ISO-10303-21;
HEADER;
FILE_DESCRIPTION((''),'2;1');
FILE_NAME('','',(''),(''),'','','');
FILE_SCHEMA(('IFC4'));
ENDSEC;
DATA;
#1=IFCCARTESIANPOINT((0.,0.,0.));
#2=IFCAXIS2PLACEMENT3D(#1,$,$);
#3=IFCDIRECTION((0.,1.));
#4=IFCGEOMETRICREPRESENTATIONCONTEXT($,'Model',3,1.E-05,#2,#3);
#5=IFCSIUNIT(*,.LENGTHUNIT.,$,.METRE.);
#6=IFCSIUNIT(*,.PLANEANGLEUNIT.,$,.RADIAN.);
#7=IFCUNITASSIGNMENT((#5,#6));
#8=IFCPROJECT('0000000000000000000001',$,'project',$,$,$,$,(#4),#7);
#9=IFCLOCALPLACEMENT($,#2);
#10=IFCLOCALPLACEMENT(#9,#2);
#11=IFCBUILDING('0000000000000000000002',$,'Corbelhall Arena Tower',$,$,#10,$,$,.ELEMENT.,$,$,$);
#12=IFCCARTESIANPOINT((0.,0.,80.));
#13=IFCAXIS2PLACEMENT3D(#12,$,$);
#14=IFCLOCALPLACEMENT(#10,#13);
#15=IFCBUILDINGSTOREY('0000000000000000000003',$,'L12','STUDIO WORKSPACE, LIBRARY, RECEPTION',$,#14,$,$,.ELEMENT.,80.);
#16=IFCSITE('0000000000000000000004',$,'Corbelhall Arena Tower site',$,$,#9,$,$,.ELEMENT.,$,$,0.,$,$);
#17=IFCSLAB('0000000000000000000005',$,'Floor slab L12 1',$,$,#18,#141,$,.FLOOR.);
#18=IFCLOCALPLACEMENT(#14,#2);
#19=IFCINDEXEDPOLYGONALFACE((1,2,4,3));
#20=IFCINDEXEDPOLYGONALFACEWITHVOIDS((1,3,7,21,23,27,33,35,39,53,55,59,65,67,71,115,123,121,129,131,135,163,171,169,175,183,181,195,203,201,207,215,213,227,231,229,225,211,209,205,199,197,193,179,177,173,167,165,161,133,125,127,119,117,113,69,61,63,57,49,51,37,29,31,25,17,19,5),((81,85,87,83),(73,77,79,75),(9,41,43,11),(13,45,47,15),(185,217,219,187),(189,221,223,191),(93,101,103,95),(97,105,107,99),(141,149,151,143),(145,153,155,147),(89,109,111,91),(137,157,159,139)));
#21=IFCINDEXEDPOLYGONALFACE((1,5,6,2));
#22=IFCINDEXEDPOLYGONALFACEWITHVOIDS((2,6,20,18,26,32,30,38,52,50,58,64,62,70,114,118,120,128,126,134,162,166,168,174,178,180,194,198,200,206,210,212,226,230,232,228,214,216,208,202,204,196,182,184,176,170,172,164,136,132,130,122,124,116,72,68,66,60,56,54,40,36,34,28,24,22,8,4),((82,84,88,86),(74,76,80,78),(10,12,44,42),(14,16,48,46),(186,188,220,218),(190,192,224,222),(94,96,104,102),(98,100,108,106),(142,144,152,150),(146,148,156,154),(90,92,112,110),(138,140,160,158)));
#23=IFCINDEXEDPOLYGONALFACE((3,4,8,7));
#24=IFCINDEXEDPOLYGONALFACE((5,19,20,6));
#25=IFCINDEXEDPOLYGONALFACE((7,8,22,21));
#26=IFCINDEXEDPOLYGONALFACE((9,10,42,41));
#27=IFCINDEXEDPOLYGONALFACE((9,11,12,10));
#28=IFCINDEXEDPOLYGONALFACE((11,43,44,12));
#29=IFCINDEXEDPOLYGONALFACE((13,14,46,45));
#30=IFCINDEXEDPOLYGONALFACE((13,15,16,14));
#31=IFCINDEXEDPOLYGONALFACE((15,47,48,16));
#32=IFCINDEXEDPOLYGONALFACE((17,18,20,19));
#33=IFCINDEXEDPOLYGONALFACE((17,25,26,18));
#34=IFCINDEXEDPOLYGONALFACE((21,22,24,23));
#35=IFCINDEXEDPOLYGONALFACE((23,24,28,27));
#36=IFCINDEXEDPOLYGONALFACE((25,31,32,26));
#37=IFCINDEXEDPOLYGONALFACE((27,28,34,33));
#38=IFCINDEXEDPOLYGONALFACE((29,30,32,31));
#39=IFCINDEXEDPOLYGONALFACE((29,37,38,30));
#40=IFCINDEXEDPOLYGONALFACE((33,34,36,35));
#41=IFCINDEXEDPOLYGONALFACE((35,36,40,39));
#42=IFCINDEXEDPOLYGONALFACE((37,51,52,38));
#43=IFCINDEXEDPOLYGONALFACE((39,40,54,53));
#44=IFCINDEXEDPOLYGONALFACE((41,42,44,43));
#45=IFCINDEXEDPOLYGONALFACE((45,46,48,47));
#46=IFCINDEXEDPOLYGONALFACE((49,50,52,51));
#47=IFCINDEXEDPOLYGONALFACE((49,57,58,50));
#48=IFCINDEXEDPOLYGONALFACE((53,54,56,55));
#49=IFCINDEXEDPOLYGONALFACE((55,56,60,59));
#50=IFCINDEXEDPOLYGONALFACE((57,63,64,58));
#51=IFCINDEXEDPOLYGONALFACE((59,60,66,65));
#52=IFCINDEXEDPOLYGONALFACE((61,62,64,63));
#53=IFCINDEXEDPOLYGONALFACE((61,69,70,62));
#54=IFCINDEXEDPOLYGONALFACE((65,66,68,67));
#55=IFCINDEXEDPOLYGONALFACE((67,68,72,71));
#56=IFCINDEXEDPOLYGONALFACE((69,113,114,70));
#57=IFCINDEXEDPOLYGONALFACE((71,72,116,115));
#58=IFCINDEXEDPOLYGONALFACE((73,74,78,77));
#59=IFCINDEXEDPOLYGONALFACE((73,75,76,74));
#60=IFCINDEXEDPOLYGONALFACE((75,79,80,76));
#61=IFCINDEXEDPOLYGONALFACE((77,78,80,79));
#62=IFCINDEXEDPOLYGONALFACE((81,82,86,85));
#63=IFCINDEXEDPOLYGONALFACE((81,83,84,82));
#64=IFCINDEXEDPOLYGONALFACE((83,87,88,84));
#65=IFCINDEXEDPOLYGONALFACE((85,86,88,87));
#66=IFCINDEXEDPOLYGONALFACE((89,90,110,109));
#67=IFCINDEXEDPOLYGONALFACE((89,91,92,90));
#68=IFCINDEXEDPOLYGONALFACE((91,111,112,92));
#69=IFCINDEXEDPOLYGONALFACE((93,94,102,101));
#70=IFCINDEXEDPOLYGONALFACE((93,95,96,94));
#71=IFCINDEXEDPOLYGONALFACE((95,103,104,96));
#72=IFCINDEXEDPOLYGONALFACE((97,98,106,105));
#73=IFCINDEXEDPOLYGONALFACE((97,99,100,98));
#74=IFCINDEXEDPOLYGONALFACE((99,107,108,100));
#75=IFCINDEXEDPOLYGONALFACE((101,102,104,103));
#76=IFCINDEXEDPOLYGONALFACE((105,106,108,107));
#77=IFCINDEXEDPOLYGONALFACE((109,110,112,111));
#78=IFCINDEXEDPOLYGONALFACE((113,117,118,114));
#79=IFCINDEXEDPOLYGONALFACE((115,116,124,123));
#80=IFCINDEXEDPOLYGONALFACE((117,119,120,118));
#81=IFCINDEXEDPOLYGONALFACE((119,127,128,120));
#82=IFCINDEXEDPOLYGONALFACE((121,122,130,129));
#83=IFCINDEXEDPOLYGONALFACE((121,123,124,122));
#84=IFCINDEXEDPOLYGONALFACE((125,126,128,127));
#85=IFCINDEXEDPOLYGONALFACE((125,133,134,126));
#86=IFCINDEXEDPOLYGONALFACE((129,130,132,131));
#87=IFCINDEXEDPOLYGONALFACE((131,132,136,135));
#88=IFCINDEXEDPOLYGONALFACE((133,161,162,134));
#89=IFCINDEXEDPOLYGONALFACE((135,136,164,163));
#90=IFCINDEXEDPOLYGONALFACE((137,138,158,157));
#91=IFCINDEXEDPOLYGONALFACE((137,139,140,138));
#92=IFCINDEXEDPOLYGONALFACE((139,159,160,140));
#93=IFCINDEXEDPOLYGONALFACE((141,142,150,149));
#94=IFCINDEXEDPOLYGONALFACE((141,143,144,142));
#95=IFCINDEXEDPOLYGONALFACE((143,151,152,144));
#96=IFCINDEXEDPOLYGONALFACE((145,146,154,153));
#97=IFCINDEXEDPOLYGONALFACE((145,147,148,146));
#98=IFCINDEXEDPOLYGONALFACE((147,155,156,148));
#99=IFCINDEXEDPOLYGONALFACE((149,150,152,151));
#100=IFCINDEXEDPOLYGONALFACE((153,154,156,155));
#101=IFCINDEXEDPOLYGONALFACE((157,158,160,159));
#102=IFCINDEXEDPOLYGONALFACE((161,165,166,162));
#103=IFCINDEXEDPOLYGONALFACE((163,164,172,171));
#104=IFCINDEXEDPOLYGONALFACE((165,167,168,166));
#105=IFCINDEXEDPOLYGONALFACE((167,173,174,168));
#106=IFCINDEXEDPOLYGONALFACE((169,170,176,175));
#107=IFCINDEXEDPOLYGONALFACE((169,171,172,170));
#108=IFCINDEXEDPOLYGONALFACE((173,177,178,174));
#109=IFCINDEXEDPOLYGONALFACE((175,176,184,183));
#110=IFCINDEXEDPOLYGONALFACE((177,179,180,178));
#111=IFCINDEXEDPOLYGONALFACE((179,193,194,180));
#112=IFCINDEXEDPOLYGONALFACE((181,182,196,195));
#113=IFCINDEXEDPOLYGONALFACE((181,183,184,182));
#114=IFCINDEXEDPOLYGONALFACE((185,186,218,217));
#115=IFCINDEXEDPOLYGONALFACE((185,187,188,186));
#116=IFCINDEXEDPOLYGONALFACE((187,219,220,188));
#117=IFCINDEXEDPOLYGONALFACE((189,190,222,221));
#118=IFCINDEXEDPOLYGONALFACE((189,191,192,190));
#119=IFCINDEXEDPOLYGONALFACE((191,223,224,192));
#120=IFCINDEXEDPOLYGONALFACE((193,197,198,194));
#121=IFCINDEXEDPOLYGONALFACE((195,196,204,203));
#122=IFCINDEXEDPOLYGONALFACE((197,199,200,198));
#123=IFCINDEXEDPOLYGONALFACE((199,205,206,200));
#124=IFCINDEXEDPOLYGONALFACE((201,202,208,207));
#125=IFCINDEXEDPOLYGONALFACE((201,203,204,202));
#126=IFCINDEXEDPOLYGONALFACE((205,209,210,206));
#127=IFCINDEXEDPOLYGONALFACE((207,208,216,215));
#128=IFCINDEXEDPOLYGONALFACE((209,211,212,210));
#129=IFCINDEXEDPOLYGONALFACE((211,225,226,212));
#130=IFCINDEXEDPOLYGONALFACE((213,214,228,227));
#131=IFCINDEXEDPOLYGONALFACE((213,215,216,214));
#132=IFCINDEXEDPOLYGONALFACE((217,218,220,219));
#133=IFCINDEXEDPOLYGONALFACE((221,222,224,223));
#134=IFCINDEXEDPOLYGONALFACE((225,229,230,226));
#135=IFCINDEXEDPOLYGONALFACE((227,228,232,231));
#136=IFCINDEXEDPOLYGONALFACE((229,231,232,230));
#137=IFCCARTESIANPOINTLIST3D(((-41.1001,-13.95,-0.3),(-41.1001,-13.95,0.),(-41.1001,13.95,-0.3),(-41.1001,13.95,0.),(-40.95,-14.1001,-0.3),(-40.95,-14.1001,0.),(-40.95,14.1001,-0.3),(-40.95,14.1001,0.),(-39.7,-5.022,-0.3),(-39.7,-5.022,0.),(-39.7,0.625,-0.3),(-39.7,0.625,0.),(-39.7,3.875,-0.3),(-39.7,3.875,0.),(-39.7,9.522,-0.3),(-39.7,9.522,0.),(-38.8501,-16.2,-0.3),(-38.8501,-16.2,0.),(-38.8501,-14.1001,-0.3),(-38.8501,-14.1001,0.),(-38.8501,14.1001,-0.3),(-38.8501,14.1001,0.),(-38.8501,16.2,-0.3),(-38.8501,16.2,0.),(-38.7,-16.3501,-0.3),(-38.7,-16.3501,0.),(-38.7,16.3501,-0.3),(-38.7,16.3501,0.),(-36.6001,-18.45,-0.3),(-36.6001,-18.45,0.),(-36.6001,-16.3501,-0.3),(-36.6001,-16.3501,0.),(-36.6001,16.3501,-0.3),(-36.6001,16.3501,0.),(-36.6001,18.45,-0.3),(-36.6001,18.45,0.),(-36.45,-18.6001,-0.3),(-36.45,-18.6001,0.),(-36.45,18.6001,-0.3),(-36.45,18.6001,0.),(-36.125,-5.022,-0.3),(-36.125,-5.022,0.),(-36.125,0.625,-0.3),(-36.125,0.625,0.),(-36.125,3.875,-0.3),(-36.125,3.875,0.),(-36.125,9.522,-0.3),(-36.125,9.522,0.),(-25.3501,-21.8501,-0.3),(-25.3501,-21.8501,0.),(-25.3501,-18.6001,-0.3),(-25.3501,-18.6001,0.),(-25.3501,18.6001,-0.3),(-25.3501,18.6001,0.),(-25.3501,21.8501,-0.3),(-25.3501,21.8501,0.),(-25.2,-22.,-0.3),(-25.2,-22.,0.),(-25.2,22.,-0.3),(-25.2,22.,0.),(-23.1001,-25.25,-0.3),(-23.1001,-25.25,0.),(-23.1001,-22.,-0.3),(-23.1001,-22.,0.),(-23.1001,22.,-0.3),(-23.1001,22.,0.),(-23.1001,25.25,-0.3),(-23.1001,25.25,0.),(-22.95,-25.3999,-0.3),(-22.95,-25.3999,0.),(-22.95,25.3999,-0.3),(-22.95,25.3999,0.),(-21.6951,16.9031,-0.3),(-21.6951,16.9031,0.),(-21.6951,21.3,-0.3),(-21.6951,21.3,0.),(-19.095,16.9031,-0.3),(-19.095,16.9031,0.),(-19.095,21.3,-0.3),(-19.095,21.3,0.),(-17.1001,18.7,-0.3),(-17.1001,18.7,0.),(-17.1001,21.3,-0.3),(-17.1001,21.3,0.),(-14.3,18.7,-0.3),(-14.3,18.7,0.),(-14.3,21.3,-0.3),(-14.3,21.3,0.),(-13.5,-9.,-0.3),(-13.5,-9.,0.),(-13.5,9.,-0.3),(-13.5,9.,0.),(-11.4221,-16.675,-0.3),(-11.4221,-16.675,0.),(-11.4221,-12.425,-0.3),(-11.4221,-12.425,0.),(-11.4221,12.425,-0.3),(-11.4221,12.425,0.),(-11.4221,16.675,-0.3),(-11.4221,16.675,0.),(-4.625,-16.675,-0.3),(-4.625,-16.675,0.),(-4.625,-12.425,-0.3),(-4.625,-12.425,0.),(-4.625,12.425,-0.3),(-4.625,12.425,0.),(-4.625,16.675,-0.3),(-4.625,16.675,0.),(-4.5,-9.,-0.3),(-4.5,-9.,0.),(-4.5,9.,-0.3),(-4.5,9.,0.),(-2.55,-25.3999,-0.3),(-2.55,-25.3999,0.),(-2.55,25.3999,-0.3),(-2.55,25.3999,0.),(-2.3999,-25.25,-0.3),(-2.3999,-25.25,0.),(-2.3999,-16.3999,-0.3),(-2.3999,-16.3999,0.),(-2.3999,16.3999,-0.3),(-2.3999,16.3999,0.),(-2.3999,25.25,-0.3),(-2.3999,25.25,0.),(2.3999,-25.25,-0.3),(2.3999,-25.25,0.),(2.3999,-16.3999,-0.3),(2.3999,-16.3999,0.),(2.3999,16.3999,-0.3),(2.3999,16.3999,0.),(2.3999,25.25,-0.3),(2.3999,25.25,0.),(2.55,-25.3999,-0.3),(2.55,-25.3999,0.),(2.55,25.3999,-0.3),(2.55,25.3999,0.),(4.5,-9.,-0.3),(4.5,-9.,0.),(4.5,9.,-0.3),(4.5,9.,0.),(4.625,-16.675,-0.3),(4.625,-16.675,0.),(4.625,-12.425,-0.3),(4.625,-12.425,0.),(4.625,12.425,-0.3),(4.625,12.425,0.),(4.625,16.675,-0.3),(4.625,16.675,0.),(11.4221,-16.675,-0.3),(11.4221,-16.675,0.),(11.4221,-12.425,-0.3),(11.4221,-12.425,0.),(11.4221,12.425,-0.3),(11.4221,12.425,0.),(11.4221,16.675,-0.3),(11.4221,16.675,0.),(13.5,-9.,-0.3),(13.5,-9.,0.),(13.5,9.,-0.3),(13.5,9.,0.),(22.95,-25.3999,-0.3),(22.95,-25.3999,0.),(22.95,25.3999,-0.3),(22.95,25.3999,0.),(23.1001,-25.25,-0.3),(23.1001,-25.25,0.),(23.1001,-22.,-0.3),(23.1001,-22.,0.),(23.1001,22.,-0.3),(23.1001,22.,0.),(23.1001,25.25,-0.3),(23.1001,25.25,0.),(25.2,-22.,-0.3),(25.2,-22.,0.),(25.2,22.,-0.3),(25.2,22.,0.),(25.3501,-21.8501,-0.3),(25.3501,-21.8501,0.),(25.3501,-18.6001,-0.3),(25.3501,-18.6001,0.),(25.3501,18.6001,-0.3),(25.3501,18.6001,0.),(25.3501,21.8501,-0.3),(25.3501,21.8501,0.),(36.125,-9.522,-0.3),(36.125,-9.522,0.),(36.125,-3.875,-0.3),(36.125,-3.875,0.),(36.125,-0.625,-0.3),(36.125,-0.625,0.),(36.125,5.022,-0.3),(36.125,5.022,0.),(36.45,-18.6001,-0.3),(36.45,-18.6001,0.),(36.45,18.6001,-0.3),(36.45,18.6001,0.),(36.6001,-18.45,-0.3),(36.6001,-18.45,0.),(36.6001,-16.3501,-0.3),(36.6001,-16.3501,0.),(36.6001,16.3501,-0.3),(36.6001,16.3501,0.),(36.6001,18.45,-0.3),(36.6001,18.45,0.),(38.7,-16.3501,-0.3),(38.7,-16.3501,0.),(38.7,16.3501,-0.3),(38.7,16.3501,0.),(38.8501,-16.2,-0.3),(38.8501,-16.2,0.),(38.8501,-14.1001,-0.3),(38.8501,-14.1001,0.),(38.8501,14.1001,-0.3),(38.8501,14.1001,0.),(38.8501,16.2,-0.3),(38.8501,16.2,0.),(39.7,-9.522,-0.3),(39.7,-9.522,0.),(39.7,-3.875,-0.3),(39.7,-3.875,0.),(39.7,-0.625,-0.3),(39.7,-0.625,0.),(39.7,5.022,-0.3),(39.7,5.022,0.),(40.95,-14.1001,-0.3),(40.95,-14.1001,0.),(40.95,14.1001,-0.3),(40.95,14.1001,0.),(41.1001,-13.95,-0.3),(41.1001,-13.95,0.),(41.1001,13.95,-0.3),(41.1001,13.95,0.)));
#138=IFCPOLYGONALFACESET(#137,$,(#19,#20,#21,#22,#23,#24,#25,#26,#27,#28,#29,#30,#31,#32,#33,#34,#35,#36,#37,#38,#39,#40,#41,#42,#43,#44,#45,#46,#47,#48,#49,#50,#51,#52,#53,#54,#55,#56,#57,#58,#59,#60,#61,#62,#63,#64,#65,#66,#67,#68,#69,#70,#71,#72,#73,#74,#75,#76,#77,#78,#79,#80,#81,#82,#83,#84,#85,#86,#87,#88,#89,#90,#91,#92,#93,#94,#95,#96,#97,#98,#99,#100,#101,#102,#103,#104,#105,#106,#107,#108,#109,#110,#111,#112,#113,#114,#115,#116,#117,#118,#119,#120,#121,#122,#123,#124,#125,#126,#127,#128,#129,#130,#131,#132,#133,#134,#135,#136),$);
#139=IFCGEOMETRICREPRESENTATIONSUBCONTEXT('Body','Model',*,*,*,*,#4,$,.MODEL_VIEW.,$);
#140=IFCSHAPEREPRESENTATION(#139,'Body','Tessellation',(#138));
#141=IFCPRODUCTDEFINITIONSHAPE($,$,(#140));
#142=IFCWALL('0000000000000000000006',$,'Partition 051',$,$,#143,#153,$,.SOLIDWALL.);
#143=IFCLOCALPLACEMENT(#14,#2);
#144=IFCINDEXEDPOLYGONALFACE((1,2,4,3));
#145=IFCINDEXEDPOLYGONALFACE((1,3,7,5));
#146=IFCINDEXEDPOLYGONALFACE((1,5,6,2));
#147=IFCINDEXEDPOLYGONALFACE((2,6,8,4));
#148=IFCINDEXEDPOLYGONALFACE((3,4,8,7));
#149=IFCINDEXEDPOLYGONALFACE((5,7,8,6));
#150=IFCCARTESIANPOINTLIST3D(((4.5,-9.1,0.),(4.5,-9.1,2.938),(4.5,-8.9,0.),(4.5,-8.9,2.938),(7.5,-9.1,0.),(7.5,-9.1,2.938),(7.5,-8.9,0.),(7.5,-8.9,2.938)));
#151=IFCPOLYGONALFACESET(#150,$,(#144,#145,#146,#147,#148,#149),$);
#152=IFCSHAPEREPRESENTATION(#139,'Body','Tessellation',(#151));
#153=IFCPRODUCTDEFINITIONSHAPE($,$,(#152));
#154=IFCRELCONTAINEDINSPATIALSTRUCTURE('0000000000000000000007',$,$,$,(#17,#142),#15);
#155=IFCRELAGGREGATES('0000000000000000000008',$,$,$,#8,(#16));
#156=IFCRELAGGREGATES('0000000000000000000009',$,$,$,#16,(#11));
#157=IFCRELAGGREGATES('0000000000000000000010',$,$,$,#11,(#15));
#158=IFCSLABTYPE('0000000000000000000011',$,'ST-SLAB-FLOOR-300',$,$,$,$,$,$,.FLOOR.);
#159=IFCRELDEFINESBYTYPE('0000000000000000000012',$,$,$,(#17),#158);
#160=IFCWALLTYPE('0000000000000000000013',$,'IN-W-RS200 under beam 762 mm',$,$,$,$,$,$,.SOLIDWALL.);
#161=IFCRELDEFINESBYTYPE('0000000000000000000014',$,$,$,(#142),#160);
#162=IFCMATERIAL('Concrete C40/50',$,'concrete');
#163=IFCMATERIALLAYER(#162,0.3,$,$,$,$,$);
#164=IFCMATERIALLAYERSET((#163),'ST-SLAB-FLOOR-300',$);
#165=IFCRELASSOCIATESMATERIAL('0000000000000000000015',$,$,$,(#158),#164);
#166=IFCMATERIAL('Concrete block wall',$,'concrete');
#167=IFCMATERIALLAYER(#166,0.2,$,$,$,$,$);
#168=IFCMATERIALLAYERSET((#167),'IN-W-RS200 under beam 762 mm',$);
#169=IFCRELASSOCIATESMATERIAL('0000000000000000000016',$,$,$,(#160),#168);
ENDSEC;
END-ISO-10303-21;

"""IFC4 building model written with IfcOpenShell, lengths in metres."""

from ifc_helpers import new_model, si_unit, direction, frame, frame_2d, origin, place, context, subcontext, project, spatial, polyline, rectangle, outline, extrude, material, layer, layer_set, type_object, element, save


model = new_model("IFC4")

# Units and contexts
model_context = context("Model", 3, precision=1e-05, world=origin(), true_north=direction((0.0, 1.0)))
body_context = subcontext(model_context, "Body", "Model", "MODEL_VIEW")
ifc_project = project(units=[si_unit("LENGTHUNIT", "METRE"), si_unit("PLANEANGLEUNIT", "RADIAN")], contexts=[model_context])

# Site, building, storey
site_placement = place(None, origin())
site = spatial("IfcSite", under=ifc_project, at=site_placement, Name="Corbelhall Arena Tower site", CompositionType="ELEMENT", RefElevation=0.0)
building_placement = place(site_placement, origin())
building = spatial("IfcBuilding", under=site, at=building_placement, Name="Corbelhall Arena Tower", CompositionType="ELEMENT")
storey_placement = place(building_placement, frame((0.0, 0.0, 80.0)))
storey = spatial("IfcBuildingStorey", under=building, at=storey_placement, Name="L12", Description="STUDIO WORKSPACE, LIBRARY, RECEPTION", CompositionType="ELEMENT", Elevation=80.0)

# Shared definitions
ifc_material_1 = material(Name="Concrete C40/50", Category="concrete")

# Slab
ifc_layer_1 = layer(ifc_material_1, 0.3)
ifc_layer_set_1 = layer_set([ifc_layer_1], Name="ST-SLAB-FLOOR-300")
slab_type_1 = type_object("IfcSlabType", Name="ST-SLAB-FLOOR-300", PredefinedType="FLOOR", material=ifc_layer_set_1)
slab_1_placement = place(storey_placement, frame((0.0, 0.0, -0.3)))
element("IfcSlab", 1, at=slab_1_placement, inside=storey, type_object=slab_type_1, Name="Floor slab L12 1", PredefinedType="FLOOR", context=body_context, shape_type="SweptSolid", body=[
    extrude(outline(polyline([(25.3501, 18.6001), (25.3501, 21.8501), (25.2, 22.0), (23.1001, 22.0), (23.1001, 25.25), (22.95, 25.3999), (2.55, 25.3999), (2.3999, 25.25), (2.3999, 16.3999), (-2.3999, 16.3999), (-2.3999, 25.25), (-2.55, 25.3999), (-22.95, 25.3999), (-23.1001, 25.25), (-23.1001, 22.0), (-25.2, 22.0), (-25.3501, 21.8501), (-25.3501, 18.6001), (-36.45, 18.6001), (-36.6001, 18.45), (-36.6001, 16.3501), (-38.7, 16.3501), (-38.8501, 16.2), (-38.8501, 14.1001), (-40.95, 14.1001), (-41.1001, 13.95), (-41.1001, -13.95), (-40.95, -14.1001), (-38.8501, -14.1001), (-38.8501, -16.2), (-38.7, -16.3501), (-36.6001, -16.3501), (-36.6001, -18.45), (-36.45, -18.6001), (-25.3501, -18.6001), (-25.3501, -21.8501), (-25.2, -22.0), (-23.1001, -22.0), (-23.1001, -25.25), (-22.95, -25.3999), (-2.55, -25.3999), (-2.3999, -25.25), (-2.3999, -16.3999), (2.3999, -16.3999), (2.3999, -25.25), (2.55, -25.3999), (22.95, -25.3999), (23.1001, -25.25), (23.1001, -22.0), (25.2, -22.0), (25.3501, -21.8501), (25.3501, -18.6001), (36.45, -18.6001), (36.6001, -18.45), (36.6001, -16.3501), (38.7, -16.3501), (38.8501, -16.2), (38.8501, -14.1001), (40.95, -14.1001), (41.1001, -13.95), (41.1001, 13.95), (40.95, 14.1001), (38.8501, 14.1001), (38.8501, 16.2), (38.7, 16.3501), (36.6001, 16.3501), (36.6001, 18.45), (36.45, 18.6001), (25.3501, 18.6001)]), holes=[polyline([(-13.5, 9.0), (-13.5, -9.0), (-4.5, -9.0), (-4.5, 9.0), (-13.5, 9.0)]), polyline([(4.5, 9.0), (4.5, -9.0), (13.5, -9.0), (13.5, 9.0), (4.5, 9.0)]), polyline([(-4.625, 16.675), (-11.4221, 16.675), (-11.4221, 12.425), (-4.625, 12.425), (-4.625, 16.675)]), polyline([(-4.625, -16.675), (-4.625, -12.425), (-11.4221, -12.425), (-11.4221, -16.675), (-4.625, -16.675)]), polyline([(11.4221, 16.675), (4.625, 16.675), (4.625, 12.425), (11.4221, 12.425), (11.4221, 16.675)]), polyline([(11.4221, -16.675), (11.4221, -12.425), (4.625, -12.425), (4.625, -16.675), (11.4221, -16.675)]), polyline([(-36.125, 3.875), (-36.125, 9.522), (-39.7, 9.522), (-39.7, 3.875), (-36.125, 3.875)]), polyline([(-36.125, 0.625), (-39.7, 0.625), (-39.7, -5.022), (-36.125, -5.022), (-36.125, 0.625)]), polyline([(39.7, -9.522), (39.7, -3.875), (36.125, -3.875), (36.125, -9.522), (39.7, -9.522)]), polyline([(39.7, 5.022), (36.125, 5.022), (36.125, -0.625), (39.7, -0.625), (39.7, 5.022)]), polyline([(-21.6951, 21.3), (-21.6951, 16.9031), (-19.095, 16.9031), (-19.095, 21.3), (-21.6951, 21.3)]), polyline([(-14.3, 21.3), (-17.1001, 21.3), (-17.1001, 18.7), (-14.3, 18.7), (-14.3, 21.3)])]), origin(), (0.0, 0.0, 1.0), 0.3),
])

# Shared definitions
ifc_material_2 = material(Name="Concrete block wall", Category="concrete")
ifc_layer_2 = layer(ifc_material_2, 0.2)
ifc_layer_set_2 = layer_set([ifc_layer_2], Name="IN-W-RS200 under beam 762 mm")
wall_type_1 = type_object("IfcWallType", Name="IN-W-RS200 under beam 762 mm", PredefinedType="SOLIDWALL", material=ifc_layer_set_2)

# Wall
wall_1_placement = place(storey_placement, frame((7.5, -9.0, 0.0), z_axis=(0.0, 0.0, 1.0), x_axis=(-1.0, 0.0, 0.0)))
element("IfcWall", 2, at=wall_1_placement, inside=storey, type_object=wall_type_1, Name="Partition 051", PredefinedType="SOLIDWALL", context=body_context, shape_type="SweptSolid", body=[
    extrude(rectangle(XDim=3.0, YDim=0.2, at=frame_2d((1.5, 0.0))), origin(), (0.0, 0.0, 1.0), 2.938),
])

save(model, "model.ifc")
